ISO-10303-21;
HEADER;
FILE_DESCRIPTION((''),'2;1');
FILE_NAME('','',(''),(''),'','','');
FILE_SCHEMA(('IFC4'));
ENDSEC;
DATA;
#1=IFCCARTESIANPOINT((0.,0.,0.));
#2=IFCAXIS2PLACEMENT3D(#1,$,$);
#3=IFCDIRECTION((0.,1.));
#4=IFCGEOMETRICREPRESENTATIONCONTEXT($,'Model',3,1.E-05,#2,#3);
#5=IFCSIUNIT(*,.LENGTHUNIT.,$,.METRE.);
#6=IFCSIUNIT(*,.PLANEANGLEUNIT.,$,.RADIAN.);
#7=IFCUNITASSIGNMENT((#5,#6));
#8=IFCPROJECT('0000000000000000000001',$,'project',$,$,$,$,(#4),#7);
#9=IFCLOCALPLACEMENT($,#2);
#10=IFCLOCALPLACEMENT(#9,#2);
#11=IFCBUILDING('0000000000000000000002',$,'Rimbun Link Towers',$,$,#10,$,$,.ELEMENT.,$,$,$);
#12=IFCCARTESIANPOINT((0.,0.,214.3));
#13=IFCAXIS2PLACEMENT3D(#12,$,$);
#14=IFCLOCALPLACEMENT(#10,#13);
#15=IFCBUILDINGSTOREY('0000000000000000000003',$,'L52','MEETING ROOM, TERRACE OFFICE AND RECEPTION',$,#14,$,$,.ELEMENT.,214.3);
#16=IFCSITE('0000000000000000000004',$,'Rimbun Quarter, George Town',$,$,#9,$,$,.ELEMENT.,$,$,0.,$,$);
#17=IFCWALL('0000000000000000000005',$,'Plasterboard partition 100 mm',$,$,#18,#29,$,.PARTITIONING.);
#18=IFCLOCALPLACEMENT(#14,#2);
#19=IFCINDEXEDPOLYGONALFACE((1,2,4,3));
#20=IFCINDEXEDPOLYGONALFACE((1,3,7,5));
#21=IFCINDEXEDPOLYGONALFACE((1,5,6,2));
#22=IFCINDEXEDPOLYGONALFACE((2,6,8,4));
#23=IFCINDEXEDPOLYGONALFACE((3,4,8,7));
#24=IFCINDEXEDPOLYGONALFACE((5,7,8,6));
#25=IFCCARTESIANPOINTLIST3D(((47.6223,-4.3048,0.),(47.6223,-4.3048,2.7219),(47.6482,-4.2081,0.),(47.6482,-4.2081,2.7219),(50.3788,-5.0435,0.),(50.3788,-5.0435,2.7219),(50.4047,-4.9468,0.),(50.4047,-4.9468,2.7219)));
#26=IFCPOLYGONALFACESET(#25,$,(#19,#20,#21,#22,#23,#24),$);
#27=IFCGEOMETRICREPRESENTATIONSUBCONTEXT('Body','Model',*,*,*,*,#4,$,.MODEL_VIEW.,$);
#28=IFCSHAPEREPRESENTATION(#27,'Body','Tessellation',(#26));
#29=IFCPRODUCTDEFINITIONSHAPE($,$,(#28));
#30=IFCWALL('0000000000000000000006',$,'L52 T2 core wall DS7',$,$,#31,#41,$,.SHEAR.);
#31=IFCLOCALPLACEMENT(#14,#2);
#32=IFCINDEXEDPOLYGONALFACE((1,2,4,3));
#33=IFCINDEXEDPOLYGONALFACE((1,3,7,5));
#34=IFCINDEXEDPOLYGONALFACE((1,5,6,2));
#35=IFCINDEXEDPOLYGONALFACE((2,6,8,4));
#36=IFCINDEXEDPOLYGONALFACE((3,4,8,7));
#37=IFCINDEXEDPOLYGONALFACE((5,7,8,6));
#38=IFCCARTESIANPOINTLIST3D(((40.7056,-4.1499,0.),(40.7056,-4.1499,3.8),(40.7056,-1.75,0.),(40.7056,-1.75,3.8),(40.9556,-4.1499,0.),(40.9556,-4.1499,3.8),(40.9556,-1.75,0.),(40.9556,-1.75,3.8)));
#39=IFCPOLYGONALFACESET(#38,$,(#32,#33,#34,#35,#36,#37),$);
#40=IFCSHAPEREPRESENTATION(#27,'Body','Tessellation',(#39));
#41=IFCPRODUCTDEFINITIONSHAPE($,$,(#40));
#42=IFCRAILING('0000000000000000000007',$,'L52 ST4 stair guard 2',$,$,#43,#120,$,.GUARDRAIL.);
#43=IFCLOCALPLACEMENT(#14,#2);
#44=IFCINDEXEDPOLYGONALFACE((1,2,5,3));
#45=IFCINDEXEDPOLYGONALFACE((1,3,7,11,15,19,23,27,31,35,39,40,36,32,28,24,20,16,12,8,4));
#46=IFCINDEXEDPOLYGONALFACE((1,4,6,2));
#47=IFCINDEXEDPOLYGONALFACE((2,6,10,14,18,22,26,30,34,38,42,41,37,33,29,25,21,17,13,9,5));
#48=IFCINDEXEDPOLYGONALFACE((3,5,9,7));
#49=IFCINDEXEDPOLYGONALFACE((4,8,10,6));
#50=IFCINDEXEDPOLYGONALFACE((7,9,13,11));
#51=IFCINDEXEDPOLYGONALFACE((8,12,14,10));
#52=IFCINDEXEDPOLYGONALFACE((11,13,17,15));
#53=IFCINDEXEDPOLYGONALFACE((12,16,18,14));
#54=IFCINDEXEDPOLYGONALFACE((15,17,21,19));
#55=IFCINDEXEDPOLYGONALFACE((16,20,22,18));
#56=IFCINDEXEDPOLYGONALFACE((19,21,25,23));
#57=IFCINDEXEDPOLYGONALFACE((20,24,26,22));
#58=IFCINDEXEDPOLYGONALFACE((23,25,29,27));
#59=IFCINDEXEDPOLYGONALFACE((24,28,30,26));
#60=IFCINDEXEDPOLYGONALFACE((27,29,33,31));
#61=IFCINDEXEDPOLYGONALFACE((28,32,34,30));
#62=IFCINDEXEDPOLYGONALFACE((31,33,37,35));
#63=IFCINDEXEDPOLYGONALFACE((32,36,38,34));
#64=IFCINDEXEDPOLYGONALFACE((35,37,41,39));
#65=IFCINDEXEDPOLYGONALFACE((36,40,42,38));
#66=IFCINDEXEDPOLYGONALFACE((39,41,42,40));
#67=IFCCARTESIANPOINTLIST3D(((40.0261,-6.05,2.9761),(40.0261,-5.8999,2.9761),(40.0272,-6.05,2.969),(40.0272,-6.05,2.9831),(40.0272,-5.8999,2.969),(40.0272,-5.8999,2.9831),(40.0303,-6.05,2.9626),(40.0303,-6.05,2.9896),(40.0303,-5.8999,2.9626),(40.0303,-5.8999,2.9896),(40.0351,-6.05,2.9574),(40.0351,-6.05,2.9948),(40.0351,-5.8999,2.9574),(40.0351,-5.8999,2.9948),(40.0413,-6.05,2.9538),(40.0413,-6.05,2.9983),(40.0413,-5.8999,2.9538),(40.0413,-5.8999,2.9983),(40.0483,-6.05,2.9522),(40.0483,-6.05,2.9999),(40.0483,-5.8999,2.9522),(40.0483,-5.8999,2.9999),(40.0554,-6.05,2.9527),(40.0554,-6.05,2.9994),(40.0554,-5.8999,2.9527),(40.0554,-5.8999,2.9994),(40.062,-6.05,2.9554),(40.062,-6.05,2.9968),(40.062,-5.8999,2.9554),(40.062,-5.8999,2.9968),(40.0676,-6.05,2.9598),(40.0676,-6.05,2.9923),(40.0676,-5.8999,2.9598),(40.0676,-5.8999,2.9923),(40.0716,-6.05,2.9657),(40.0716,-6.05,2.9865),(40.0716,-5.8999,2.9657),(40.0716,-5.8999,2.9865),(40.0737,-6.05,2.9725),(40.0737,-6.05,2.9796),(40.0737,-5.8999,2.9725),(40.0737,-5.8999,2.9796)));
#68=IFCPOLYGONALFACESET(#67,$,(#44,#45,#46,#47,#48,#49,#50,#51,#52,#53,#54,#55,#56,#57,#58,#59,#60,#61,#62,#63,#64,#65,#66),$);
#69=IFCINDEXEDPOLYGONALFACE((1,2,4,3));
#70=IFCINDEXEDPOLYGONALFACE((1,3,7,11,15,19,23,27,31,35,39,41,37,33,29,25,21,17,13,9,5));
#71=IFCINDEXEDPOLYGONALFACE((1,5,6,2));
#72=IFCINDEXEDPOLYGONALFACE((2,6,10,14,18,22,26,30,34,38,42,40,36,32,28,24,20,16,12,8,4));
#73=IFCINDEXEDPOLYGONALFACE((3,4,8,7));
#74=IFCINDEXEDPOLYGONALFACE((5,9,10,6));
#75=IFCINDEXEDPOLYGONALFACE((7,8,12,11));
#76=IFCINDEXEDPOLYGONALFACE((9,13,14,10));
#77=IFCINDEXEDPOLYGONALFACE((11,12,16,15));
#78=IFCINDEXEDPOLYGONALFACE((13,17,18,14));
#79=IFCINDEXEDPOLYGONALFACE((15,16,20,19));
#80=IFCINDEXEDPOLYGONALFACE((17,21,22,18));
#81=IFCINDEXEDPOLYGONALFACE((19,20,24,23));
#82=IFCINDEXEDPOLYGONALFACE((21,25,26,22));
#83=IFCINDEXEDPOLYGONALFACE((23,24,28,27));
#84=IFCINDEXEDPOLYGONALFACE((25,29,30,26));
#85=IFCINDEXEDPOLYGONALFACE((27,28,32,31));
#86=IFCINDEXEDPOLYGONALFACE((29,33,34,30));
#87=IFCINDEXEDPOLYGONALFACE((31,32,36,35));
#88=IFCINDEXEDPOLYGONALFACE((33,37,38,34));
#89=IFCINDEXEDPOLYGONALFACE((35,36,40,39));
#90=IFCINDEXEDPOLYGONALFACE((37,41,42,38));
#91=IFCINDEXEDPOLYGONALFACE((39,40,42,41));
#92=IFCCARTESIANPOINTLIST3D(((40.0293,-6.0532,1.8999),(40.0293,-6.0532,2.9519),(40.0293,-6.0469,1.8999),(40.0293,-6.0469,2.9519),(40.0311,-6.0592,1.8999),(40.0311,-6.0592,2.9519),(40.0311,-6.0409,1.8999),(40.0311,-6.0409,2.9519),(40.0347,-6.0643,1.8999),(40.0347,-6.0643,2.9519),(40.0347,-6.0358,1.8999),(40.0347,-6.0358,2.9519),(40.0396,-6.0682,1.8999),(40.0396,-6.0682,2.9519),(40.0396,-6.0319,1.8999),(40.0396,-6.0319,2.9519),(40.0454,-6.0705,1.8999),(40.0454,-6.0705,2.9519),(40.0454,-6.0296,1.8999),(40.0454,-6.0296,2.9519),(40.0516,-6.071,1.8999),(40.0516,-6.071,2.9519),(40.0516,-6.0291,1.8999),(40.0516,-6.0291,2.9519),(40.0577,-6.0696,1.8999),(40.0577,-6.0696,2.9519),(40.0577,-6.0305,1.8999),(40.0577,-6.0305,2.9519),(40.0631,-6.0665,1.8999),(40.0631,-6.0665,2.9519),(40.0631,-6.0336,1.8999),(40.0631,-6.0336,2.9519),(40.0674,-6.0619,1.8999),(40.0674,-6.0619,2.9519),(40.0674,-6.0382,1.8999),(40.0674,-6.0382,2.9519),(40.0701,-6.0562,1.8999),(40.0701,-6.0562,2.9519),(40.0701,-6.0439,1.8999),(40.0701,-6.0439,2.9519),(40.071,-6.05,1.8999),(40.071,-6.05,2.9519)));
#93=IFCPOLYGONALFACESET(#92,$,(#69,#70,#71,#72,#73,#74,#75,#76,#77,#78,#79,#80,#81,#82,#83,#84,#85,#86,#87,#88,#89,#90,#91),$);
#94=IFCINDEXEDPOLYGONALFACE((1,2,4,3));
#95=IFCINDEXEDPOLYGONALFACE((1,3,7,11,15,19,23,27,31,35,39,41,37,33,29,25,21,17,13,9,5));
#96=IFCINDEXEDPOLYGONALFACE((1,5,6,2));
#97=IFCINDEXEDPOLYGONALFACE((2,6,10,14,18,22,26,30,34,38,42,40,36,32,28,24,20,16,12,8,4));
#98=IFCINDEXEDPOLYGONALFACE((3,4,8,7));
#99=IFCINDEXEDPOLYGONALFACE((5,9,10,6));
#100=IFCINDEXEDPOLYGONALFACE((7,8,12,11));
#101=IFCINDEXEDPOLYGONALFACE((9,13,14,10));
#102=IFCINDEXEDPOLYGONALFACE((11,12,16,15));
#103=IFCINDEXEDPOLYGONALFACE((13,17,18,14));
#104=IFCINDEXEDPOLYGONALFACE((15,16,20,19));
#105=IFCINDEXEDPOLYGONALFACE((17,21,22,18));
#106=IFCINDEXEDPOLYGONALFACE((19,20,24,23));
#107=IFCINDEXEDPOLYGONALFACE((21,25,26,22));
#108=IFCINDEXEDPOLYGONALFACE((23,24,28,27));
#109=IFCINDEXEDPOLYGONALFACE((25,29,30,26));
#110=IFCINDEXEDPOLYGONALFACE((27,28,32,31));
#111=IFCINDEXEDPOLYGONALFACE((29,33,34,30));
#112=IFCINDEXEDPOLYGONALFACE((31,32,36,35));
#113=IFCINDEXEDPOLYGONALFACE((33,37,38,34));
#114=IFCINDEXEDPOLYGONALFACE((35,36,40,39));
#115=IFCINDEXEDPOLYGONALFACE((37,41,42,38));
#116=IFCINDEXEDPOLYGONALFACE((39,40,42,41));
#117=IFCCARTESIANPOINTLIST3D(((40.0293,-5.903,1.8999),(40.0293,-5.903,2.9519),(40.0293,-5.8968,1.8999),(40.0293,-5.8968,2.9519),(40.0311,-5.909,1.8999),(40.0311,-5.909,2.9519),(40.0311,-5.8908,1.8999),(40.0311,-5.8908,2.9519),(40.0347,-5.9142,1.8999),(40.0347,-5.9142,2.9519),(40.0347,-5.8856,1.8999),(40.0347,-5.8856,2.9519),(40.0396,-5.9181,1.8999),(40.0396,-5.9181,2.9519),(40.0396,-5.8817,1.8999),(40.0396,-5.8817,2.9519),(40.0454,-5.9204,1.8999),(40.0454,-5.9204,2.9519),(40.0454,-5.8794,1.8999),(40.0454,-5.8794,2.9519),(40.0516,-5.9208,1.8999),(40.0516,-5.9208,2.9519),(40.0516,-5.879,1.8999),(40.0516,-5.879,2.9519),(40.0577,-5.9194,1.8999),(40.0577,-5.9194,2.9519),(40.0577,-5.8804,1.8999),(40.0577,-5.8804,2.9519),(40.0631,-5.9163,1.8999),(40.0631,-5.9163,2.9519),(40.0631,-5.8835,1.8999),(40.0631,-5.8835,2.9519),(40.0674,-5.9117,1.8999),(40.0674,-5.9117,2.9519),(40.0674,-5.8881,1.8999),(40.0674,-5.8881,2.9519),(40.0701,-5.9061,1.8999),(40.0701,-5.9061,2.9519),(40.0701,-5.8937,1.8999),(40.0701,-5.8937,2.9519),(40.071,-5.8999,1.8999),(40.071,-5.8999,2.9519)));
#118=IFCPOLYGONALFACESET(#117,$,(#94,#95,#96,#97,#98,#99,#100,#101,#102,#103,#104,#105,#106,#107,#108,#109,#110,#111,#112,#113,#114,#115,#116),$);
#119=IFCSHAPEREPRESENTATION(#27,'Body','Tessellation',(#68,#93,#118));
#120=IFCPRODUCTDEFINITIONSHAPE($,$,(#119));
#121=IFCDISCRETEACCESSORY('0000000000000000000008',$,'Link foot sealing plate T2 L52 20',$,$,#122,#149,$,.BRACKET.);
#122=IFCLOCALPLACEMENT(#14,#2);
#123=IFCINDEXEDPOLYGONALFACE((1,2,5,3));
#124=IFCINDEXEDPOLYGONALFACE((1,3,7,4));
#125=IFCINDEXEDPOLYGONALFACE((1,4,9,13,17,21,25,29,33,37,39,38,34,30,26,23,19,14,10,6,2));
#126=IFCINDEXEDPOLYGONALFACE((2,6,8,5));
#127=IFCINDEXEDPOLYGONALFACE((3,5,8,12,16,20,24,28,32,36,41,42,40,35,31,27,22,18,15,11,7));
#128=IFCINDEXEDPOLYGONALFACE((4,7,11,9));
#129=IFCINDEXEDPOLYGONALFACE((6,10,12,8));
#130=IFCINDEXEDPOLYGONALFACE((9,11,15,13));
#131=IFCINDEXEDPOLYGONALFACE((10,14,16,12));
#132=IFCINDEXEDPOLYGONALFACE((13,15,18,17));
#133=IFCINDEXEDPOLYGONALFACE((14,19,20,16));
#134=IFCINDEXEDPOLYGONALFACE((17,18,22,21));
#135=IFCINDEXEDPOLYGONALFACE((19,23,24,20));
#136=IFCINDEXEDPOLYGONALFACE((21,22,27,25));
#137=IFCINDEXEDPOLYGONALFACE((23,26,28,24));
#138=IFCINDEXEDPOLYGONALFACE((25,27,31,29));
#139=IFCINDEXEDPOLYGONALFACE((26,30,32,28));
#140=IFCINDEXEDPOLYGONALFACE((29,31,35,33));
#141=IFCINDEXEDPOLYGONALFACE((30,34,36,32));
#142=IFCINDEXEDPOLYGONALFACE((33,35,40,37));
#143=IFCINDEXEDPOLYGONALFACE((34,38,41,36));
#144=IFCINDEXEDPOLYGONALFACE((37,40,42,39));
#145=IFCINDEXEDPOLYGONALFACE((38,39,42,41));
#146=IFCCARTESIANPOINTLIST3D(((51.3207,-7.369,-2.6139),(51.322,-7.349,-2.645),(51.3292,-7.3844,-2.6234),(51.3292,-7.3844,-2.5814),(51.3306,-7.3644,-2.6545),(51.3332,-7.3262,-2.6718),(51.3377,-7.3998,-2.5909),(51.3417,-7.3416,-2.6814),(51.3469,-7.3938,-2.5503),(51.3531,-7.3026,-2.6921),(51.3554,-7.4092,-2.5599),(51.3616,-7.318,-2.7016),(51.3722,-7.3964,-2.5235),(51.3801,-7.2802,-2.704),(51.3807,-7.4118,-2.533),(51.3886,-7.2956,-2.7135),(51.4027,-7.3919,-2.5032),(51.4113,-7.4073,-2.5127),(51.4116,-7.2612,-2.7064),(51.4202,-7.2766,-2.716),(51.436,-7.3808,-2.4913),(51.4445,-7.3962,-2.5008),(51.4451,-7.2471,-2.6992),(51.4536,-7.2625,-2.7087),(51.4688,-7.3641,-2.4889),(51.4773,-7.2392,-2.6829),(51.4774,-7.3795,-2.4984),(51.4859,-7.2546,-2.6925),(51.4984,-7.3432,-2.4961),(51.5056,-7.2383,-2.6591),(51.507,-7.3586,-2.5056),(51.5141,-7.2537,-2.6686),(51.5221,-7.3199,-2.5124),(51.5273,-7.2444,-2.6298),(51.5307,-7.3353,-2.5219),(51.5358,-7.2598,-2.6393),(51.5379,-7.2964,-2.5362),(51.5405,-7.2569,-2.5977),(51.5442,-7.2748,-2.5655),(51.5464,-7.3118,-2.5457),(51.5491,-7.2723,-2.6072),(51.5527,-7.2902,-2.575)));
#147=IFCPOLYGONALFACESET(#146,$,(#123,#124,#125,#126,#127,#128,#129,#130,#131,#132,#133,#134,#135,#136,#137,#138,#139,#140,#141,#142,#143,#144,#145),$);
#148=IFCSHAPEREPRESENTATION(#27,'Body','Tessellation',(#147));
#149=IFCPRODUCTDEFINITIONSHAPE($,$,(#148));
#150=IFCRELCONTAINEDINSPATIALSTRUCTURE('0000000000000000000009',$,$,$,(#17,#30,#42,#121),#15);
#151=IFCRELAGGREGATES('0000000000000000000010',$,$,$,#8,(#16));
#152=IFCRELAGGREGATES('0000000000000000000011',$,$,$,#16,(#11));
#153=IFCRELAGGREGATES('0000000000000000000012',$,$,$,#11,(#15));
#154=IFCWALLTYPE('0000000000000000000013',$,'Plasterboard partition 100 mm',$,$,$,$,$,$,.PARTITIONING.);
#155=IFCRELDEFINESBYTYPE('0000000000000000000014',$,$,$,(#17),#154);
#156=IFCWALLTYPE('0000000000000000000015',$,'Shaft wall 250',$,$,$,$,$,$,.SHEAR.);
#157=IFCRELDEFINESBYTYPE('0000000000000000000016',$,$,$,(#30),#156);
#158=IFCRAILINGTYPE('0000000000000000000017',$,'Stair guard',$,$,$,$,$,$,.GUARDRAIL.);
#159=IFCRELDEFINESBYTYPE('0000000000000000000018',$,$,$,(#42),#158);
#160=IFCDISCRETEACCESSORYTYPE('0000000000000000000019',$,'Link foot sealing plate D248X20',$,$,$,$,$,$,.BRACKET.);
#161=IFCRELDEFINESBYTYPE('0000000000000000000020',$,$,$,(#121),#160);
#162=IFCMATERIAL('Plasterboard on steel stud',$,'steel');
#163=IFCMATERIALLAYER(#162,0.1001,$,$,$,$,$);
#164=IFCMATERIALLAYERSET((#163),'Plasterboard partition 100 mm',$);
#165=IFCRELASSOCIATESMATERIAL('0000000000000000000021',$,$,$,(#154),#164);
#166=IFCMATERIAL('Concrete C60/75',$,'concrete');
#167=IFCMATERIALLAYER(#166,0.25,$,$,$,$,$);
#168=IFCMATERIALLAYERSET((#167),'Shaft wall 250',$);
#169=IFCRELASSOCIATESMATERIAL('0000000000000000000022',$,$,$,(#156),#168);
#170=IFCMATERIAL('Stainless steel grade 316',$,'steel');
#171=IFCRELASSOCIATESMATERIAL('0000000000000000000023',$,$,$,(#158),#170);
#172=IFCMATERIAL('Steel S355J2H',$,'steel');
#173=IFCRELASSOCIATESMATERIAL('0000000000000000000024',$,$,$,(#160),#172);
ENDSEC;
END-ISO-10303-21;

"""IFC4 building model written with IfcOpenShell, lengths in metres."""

from ifc_helpers import new_model, si_unit, direction, frame, frame_2d, origin, origin_2d, place, context, subcontext, project, spatial, rectangle, circle, extrude, material, layer, layer_set, material_profile, profile_set, type_object, element, save


model = new_model("IFC4")

# Units and contexts
model_context = context("Model", 3, precision=1e-05, world=origin(), true_north=direction((0.0, 1.0)))
body_context = subcontext(model_context, "Body", "Model", "MODEL_VIEW")
ifc_project = project(units=[si_unit("LENGTHUNIT", "METRE"), si_unit("PLANEANGLEUNIT", "RADIAN")], contexts=[model_context])

# Site, building, storey
site_placement = place(None, origin())
site = spatial("IfcSite", under=ifc_project, at=site_placement, Name="Rimbun Quarter, George Town", CompositionType="ELEMENT", RefElevation=0.0)
building_placement = place(site_placement, origin())
building = spatial("IfcBuilding", under=site, at=building_placement, Name="Rimbun Link Towers", CompositionType="ELEMENT")
storey_placement = place(building_placement, frame((0.0, 0.0, 214.3)))
storey = spatial("IfcBuildingStorey", under=building, at=storey_placement, Name="L52", Description="MEETING ROOM, TERRACE OFFICE AND RECEPTION", CompositionType="ELEMENT", Elevation=214.3)

# Walls
ifc_material_1 = material(Name="Plasterboard on steel stud", Category="steel")
ifc_layer_1 = layer(ifc_material_1, 0.1001)
ifc_layer_set_1 = layer_set([ifc_layer_1], Name="Plasterboard partition 100 mm")
wall_type_1 = type_object("IfcWallType", Name="Plasterboard partition 100 mm", PredefinedType="PARTITIONING", material=ifc_layer_set_1)
wall_1_placement = place(storey_placement, frame((50.3916, -4.9951, 0.0), z_axis=(0.0, 0.0, 1.0), x_axis=(-0.965913, 0.258866, 0.0)))
element("IfcWall", 1, at=wall_1_placement, inside=storey, type_object=wall_type_1, Name="Plasterboard partition 100 mm", PredefinedType="PARTITIONING", context=body_context, shape_type="SweptSolid", body=[
    extrude(rectangle(XDim=2.8538, YDim=0.1001, at=frame_2d((1.4268, 0.0))), origin(), (0.0, 0.0, 1.0), 2.7219),
])
ifc_material_2 = material(Name="Concrete C60/75", Category="concrete")
ifc_layer_2 = layer(ifc_material_2, 0.25)
ifc_layer_set_2 = layer_set([ifc_layer_2], Name="Shaft wall 250")
wall_type_2 = type_object("IfcWallType", Name="Shaft wall 250", PredefinedType="SHEAR", material=ifc_layer_set_2)
wall_2_placement = place(storey_placement, frame((40.8306, -4.1499, 0.0), z_axis=(0.0, 0.0, 1.0), x_axis=(0.0, 1.0, 0.0)))
element("IfcWall", 2, at=wall_2_placement, inside=storey, type_object=wall_type_2, Name="L52 T2 core wall DS7", PredefinedType="SHEAR", context=body_context, shape_type="SweptSolid", body=[
    extrude(rectangle(XDim=2.3999, YDim=0.25, at=frame_2d((1.2, 0.0))), origin(), (0.0, 0.0, 1.0), 3.8),
])

# Railing
ifc_material_3 = material(Name="Stainless steel grade 316", Category="steel")
railing_type = type_object("IfcRailingType", Name="Stair guard", PredefinedType="GUARDRAIL", material=ifc_material_3)
railing_placement = place(storey_placement, frame((40.05, -6.05, 1.8999)))
element("IfcRailing", 3, at=railing_placement, inside=storey, type_object=railing_type, Name="L52 ST4 stair guard 2", PredefinedType="GUARDRAIL", context=body_context, shape_type="SweptSolid", body=[
    extrude(circle(Radius=0.0239, at=origin_2d()), frame((0.0, 0.0, 1.0762), z_axis=(0.0, 1.0, 0.0), x_axis=(-1.0, 0.0, 0.0)), (0.0, 0.0, 1.0), 0.1501),
    extrude(circle(Radius=0.021, at=origin_2d()), origin(), (0.0, 0.0, 1.0), 1.052),
    extrude(circle(Radius=0.021, at=origin_2d()), frame((0.0, 0.1501, 0.0)), (0.0, 0.0, 1.0), 1.052),
])

# Discrete accessory
ifc_material_4 = material(Name="Steel S355J2H", Category="steel")
ifc_material_profile_1 = material_profile(ifc_material_4, circle(Radius=0.124, at=origin_2d()), Name="PL D248")
ifc_profile_set_1 = profile_set([ifc_material_profile_1], Name="Steel S355J2H")
discrete_accessory_type = type_object("IfcDiscreteAccessoryType", Name="Link foot sealing plate D248X20", PredefinedType="BRACKET", material=ifc_profile_set_1)
discrete_accessory_placement = place(storey_placement, frame((51.4321, -7.3171, -2.5977), z_axis=(0.427115, -0.768807, -0.475928), x_axis=(0.874157, 0.485643, 0.0)))
element("IfcDiscreteAccessory", 4, at=discrete_accessory_placement, inside=storey, type_object=discrete_accessory_type, Name="Link foot sealing plate T2 L52 20", PredefinedType="BRACKET", context=body_context, shape_type="SweptSolid", body=[
    extrude(circle(Radius=0.124, at=origin_2d()), origin(), (0.0, 0.0, 1.0), 0.02),
])

save(model, "model.ifc")
